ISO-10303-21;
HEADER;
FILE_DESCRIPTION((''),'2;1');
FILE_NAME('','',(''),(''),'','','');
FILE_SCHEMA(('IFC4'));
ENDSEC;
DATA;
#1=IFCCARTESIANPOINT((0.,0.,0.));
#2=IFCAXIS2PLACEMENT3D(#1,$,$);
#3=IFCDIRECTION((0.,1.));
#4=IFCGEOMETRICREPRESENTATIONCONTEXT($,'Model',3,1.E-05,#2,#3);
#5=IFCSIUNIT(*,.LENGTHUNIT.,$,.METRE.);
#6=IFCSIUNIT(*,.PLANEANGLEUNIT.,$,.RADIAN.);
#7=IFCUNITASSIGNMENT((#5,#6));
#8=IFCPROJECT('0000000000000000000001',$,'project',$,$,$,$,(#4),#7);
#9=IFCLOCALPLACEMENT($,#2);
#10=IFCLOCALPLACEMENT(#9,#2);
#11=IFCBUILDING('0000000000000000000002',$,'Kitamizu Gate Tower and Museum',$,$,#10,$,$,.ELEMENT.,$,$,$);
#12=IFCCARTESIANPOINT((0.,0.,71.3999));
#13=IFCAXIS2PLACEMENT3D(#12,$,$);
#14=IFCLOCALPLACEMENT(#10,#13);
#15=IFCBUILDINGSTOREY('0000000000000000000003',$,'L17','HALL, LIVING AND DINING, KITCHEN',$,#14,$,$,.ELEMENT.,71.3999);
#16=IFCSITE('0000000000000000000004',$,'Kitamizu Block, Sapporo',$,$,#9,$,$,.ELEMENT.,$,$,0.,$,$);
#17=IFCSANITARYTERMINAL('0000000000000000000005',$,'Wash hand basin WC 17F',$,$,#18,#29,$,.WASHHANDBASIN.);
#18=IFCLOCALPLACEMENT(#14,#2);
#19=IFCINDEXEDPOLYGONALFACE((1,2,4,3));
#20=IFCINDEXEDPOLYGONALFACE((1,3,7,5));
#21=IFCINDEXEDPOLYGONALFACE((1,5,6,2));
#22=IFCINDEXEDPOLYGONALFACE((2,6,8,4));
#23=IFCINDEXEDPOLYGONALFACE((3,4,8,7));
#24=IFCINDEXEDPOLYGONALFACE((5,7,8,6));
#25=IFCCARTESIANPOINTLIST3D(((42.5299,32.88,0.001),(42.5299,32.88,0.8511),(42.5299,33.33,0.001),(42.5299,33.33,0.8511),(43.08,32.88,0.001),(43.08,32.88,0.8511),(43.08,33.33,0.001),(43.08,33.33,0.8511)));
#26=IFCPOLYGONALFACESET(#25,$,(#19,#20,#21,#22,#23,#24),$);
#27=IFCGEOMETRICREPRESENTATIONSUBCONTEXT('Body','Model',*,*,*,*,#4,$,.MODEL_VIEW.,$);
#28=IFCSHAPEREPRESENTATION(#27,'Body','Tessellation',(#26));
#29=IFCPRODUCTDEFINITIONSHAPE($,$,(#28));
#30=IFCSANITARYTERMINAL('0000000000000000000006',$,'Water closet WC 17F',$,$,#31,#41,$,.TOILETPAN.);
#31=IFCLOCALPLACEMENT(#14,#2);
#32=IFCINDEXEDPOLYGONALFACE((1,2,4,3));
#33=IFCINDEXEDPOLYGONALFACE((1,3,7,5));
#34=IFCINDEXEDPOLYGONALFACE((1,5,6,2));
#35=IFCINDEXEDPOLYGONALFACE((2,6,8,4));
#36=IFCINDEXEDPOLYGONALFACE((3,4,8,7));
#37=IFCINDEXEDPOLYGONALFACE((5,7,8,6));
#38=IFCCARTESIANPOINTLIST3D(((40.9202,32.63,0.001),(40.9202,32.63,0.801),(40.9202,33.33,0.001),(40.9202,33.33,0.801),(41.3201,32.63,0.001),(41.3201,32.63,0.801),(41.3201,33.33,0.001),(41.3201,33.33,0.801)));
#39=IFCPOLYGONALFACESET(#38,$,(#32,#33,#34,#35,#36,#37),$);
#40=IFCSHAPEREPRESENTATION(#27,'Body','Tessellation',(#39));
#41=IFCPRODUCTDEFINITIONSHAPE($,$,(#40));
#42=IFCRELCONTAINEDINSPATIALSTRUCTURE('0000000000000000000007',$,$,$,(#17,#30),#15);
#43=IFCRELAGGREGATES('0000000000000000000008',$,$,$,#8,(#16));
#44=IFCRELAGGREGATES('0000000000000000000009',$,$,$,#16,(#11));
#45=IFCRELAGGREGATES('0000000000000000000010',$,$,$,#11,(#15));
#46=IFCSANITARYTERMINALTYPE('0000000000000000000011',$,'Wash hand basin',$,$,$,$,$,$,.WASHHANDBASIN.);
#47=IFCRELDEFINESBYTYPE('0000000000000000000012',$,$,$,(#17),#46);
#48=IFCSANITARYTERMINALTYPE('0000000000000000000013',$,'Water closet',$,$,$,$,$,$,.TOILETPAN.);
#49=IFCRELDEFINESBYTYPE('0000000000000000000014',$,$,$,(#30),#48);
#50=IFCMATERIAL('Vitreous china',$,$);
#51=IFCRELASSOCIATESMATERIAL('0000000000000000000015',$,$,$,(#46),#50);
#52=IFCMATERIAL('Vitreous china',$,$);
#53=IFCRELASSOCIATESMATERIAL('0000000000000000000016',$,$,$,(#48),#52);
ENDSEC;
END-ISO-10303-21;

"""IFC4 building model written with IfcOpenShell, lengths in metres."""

from ifc_helpers import new_model, si_unit, direction, frame, origin, origin_2d, place, context, subcontext, project, spatial, rectangle, extrude, material, type_object, element, save


model = new_model("IFC4")

# Units and contexts
model_context = context("Model", 3, precision=1e-05, world=origin(), true_north=direction((0.0, 1.0)))
body_context = subcontext(model_context, "Body", "Model", "MODEL_VIEW")
ifc_project = project(units=[si_unit("LENGTHUNIT", "METRE"), si_unit("PLANEANGLEUNIT", "RADIAN")], contexts=[model_context])

# Site, building, storey
site_placement = place(None, origin())
site = spatial("IfcSite", under=ifc_project, at=site_placement, Name="Kitamizu Block, Sapporo", CompositionType="ELEMENT", RefElevation=0.0)
building_placement = place(site_placement, origin())
building = spatial("IfcBuilding", under=site, at=building_placement, Name="Kitamizu Gate Tower and Museum", CompositionType="ELEMENT")
storey_placement = place(building_placement, frame((0.0, 0.0, 71.3999)))
storey = spatial("IfcBuildingStorey", under=building, at=storey_placement, Name="L17", Description="HALL, LIVING AND DINING, KITCHEN", CompositionType="ELEMENT", Elevation=71.3999)

# Sanitary terminals
ifc_material_1 = material(Name="Vitreous china")
sanitary_terminal_type_1 = type_object("IfcSanitaryTerminalType", Name="Wash hand basin", PredefinedType="WASHHANDBASIN", material=ifc_material_1)
sanitary_terminal_1_placement = place(storey_placement, frame((42.8049, 33.105, 0.001), z_axis=(0.0, 0.0, 1.0), x_axis=(1.0, 0.0, 0.0)))
element("IfcSanitaryTerminal", 1, at=sanitary_terminal_1_placement, inside=storey, type_object=sanitary_terminal_type_1, Name="Wash hand basin WC 17F", PredefinedType="WASHHANDBASIN", context=body_context, shape_type="SweptSolid", body=[
    extrude(rectangle(XDim=0.55, YDim=0.45, at=origin_2d()), origin(), (0.0, 0.0, 1.0), 0.8501),
])
ifc_material_2 = material(Name="Vitreous china")
sanitary_terminal_type_2 = type_object("IfcSanitaryTerminalType", Name="Water closet", PredefinedType="TOILETPAN", material=ifc_material_2)
sanitary_terminal_2_placement = place(storey_placement, frame((41.1201, 32.98, 0.001), z_axis=(0.0, 0.0, 1.0), x_axis=(1.0, 0.0, 0.0)))
element("IfcSanitaryTerminal", 2, at=sanitary_terminal_2_placement, inside=storey, type_object=sanitary_terminal_type_2, Name="Water closet WC 17F", PredefinedType="TOILETPAN", context=body_context, shape_type="SweptSolid", body=[
    extrude(rectangle(XDim=0.3999, YDim=0.7, at=origin_2d()), origin(), (0.0, 0.0, 1.0), 0.8),
])

save(model, "model.ifc")
